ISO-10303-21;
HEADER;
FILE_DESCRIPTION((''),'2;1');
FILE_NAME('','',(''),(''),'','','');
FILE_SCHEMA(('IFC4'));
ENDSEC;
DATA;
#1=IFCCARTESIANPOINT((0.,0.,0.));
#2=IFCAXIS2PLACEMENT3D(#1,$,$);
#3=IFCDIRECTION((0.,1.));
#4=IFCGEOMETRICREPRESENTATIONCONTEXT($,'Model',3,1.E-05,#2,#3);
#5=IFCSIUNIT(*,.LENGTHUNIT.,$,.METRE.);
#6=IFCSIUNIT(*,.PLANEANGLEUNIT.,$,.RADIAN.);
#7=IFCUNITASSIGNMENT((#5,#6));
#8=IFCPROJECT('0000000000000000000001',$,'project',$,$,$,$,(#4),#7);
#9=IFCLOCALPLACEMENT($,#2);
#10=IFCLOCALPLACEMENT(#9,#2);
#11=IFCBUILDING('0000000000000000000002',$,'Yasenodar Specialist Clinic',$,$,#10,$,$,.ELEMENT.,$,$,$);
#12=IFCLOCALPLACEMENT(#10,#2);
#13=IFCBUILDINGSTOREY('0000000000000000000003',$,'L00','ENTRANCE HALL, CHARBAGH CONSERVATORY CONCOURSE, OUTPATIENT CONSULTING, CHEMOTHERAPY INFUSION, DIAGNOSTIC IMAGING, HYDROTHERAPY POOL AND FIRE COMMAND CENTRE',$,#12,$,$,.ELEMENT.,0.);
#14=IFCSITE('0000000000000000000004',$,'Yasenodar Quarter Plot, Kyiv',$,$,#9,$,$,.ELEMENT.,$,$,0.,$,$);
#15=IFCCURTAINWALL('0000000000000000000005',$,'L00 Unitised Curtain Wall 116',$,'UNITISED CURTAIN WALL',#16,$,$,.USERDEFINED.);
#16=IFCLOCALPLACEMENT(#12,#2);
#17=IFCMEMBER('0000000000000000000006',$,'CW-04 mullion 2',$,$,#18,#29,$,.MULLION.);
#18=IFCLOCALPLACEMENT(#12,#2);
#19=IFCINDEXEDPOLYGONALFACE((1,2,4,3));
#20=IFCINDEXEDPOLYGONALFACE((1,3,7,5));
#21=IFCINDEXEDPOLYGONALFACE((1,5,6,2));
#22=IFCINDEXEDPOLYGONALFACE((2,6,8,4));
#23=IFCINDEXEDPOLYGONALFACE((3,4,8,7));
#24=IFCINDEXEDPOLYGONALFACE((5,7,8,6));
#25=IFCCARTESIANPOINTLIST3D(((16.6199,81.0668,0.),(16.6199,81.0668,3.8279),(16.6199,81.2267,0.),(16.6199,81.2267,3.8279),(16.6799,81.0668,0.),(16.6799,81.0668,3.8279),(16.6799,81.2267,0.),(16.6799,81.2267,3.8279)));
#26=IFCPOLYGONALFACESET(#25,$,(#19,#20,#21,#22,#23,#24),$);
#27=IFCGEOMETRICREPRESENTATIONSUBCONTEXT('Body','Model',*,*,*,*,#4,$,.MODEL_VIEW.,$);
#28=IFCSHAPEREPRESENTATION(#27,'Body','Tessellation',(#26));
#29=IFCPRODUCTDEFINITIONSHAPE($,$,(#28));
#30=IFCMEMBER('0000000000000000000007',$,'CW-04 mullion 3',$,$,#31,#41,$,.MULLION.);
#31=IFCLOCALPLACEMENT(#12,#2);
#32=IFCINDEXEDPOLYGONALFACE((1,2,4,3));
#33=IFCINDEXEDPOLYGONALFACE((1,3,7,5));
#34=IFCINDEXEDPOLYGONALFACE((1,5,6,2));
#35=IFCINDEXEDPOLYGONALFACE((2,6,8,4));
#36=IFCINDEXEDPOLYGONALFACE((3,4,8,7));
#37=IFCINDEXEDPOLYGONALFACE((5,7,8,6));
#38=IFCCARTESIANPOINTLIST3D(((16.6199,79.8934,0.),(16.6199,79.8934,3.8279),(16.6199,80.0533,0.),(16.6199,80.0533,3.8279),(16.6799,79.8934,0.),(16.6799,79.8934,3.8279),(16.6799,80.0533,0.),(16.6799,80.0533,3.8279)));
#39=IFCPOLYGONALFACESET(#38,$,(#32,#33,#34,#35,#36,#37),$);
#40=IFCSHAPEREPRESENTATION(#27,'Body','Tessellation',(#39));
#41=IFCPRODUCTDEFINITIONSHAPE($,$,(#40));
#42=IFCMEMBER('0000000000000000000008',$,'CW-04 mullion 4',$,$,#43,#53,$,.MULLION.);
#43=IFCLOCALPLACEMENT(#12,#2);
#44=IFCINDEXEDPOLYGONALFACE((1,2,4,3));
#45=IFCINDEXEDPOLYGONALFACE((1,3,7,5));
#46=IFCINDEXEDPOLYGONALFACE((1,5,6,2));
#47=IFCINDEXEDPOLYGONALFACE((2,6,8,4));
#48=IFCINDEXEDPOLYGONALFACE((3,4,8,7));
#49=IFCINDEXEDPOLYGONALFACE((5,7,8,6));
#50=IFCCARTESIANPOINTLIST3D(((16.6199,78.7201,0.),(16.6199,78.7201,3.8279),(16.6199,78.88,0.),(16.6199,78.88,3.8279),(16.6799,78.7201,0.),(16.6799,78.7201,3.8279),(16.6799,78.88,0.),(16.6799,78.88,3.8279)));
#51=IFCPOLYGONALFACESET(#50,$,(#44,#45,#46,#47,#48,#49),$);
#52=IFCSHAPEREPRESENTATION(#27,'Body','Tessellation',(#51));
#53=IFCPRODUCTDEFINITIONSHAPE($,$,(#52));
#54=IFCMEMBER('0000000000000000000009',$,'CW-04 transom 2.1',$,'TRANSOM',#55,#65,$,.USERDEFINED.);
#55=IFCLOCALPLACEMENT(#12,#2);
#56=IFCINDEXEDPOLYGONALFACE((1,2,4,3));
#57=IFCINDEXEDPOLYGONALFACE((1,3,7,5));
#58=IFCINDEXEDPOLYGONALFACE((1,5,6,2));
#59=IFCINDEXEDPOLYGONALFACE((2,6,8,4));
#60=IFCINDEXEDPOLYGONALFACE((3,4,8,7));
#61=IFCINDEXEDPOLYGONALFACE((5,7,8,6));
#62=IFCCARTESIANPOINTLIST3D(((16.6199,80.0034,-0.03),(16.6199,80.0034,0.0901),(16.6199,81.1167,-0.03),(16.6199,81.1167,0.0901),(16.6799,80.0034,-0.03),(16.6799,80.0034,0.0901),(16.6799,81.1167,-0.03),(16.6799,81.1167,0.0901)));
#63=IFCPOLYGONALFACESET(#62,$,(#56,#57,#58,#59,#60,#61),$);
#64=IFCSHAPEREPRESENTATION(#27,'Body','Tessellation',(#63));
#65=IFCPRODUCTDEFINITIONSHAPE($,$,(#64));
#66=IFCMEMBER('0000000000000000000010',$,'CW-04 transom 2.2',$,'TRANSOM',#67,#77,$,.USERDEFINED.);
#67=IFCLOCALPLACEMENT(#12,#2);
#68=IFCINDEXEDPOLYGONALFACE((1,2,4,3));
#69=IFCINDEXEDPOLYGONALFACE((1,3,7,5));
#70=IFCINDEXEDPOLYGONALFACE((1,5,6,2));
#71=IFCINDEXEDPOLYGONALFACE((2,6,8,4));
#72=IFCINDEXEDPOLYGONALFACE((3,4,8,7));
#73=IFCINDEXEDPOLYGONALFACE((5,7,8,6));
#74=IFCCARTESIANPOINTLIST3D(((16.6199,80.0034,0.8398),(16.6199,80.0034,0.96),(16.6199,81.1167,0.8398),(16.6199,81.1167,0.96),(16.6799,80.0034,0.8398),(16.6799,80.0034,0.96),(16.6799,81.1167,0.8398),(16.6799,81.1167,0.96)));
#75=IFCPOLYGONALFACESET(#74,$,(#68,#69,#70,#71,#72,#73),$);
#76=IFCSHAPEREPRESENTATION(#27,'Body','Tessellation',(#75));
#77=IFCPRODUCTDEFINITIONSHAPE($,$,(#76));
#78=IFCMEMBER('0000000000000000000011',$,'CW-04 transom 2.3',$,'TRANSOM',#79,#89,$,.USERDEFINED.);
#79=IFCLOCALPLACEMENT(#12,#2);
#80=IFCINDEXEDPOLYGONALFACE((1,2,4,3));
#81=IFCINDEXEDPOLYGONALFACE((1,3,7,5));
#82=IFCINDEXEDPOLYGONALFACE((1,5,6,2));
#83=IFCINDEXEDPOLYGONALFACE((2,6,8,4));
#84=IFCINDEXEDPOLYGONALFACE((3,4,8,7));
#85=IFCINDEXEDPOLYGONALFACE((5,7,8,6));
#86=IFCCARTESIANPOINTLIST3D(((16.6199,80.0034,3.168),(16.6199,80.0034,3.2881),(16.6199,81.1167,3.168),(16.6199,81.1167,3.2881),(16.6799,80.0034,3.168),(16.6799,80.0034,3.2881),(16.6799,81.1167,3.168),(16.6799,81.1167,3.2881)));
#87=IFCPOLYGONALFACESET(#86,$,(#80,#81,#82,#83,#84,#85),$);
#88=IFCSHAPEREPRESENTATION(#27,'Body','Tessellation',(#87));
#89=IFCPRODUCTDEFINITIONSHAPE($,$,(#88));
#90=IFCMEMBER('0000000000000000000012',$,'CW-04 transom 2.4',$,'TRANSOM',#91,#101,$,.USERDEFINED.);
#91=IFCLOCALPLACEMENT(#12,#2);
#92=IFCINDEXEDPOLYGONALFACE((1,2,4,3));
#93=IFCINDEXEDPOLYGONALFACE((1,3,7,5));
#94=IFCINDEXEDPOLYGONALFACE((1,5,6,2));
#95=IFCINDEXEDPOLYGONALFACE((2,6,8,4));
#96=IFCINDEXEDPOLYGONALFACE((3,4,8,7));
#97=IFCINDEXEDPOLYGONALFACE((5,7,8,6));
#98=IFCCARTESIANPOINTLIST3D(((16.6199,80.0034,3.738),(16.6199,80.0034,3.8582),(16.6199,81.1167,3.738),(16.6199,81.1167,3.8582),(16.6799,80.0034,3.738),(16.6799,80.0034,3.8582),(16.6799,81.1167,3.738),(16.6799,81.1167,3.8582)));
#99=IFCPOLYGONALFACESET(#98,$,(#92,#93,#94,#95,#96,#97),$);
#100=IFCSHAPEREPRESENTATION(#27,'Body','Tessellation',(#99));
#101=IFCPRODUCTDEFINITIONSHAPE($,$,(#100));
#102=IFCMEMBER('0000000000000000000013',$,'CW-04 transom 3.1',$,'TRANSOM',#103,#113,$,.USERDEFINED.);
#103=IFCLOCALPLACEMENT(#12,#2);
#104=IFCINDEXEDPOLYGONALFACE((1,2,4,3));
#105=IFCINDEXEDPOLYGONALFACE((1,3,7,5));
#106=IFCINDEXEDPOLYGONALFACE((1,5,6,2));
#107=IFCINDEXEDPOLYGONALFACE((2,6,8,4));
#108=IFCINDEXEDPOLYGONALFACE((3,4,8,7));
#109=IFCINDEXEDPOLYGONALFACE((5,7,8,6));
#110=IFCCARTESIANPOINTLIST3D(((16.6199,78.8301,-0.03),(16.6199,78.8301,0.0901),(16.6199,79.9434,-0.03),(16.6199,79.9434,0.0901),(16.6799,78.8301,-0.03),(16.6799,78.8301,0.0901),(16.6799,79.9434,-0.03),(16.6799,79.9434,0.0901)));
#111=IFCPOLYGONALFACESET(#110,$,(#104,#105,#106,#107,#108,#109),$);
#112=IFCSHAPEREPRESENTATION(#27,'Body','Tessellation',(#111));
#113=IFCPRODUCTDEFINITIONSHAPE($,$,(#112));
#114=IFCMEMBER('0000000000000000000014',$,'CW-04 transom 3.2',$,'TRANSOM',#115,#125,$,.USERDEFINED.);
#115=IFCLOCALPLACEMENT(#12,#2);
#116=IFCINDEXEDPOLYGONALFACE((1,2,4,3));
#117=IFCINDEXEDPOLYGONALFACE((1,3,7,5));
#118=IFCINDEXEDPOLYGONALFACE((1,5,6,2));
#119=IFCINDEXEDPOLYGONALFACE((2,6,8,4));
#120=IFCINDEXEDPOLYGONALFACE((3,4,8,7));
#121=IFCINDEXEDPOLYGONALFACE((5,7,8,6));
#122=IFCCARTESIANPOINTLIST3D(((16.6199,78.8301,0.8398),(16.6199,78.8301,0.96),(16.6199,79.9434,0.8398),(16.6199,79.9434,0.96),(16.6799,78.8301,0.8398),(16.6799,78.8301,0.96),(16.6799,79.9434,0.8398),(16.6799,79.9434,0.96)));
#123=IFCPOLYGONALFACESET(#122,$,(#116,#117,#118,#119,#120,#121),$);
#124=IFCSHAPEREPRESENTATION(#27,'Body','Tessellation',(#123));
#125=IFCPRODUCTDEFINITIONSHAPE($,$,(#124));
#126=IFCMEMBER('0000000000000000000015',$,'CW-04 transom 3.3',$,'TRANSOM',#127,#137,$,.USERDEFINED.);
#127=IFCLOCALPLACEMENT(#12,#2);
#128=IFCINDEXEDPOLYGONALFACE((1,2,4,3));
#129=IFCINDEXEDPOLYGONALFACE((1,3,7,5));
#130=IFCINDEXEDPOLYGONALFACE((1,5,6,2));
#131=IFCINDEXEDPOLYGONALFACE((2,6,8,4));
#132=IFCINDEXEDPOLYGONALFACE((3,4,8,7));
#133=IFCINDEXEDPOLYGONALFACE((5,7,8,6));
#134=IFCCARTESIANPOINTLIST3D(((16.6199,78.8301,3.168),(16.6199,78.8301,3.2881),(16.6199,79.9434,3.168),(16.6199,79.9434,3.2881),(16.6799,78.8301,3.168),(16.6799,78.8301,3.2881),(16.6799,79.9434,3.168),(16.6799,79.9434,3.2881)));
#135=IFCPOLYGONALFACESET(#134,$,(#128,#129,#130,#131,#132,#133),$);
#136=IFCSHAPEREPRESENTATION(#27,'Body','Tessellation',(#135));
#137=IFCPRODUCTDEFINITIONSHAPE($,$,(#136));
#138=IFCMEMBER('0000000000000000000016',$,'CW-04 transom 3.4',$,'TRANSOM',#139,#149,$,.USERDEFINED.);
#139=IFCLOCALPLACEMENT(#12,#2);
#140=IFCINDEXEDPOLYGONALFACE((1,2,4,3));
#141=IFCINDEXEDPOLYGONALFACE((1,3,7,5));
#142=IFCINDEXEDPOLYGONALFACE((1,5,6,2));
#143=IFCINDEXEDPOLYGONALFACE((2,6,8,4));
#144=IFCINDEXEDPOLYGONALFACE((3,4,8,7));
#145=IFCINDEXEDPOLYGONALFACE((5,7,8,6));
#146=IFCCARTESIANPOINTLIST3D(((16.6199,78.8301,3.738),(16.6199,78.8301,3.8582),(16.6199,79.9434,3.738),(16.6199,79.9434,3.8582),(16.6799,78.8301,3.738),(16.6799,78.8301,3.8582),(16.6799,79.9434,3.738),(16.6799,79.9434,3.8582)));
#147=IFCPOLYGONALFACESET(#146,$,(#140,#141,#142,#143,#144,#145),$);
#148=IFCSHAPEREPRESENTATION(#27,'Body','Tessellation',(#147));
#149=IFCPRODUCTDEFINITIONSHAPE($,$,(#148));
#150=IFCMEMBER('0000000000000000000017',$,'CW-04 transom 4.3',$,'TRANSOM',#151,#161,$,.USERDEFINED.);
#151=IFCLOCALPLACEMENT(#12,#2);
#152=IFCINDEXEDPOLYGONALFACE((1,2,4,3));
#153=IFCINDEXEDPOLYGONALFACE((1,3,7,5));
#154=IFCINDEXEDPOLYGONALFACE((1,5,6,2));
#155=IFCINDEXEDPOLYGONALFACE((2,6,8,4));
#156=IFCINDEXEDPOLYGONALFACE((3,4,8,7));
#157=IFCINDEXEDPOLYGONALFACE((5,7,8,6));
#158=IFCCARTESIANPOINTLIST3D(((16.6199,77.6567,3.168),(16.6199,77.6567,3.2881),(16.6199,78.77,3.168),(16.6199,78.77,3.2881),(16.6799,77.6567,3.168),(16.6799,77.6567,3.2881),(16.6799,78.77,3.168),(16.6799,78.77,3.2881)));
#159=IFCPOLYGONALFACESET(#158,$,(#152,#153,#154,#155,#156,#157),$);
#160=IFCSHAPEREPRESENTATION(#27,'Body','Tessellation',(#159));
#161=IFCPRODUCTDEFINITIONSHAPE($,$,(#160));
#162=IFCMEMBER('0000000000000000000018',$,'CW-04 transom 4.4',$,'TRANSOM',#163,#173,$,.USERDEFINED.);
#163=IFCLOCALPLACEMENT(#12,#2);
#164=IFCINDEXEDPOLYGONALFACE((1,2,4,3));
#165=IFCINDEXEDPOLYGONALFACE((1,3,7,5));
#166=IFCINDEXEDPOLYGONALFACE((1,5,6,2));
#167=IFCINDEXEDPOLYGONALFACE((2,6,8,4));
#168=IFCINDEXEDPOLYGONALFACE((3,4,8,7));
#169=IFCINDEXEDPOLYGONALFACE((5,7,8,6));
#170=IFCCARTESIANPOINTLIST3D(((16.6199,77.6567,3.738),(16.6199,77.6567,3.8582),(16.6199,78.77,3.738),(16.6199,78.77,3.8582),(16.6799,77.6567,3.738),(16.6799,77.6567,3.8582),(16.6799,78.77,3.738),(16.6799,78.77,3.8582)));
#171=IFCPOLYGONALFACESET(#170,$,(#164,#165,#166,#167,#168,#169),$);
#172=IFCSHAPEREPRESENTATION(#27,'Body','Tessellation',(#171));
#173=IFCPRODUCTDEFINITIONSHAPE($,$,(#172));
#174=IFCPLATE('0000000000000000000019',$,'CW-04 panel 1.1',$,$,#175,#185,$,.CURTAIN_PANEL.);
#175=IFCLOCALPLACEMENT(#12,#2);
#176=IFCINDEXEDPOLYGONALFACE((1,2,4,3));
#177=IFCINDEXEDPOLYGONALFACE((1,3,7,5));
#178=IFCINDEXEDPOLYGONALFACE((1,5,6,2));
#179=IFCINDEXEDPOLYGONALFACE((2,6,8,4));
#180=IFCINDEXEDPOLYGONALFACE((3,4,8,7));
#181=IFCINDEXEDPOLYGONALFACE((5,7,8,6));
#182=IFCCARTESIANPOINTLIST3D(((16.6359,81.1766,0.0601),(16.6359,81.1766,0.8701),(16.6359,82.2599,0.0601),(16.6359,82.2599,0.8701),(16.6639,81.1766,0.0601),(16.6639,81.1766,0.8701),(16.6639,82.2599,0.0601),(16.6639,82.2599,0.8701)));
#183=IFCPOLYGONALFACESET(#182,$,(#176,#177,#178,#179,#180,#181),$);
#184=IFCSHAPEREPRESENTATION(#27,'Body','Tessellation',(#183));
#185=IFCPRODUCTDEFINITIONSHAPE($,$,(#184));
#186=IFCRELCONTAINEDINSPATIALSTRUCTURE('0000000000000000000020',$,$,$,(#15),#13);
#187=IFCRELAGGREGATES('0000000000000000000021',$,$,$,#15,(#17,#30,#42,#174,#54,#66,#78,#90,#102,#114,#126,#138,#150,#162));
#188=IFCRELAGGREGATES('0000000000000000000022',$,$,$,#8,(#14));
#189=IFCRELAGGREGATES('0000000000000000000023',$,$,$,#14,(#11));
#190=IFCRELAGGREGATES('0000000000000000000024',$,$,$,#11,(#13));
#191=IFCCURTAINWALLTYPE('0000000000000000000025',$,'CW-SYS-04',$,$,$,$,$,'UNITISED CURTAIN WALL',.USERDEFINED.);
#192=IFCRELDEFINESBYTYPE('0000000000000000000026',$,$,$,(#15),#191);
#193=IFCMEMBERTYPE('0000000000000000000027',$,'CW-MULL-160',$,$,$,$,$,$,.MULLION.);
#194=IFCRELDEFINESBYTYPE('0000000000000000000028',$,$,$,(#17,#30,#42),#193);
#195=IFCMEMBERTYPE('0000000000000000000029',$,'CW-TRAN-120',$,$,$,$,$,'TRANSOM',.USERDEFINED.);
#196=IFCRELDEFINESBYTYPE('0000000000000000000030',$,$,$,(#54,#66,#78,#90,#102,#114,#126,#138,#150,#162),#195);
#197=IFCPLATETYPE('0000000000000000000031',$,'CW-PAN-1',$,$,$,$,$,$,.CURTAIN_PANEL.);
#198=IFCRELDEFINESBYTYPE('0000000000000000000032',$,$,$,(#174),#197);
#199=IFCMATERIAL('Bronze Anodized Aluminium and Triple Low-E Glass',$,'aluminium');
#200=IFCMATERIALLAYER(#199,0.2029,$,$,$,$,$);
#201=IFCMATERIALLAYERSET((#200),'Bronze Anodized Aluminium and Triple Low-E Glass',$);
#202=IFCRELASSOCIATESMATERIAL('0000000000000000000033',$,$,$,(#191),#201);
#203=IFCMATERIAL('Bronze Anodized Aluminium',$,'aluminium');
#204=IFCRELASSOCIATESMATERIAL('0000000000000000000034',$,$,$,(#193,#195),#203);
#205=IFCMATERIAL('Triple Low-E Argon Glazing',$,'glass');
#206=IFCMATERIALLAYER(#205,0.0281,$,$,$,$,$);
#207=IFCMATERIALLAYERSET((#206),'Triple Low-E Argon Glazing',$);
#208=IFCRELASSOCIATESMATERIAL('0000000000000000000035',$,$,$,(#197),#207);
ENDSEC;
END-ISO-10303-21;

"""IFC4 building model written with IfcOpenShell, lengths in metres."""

from ifc_helpers import new_model, si_unit, direction, frame, origin, origin_2d, place, context, subcontext, project, spatial, rectangle, extrude, material, layer, layer_set, material_profile, profile_set, type_object, element, aggregate, save


model = new_model("IFC4")

# Units and contexts
model_context = context("Model", 3, precision=1e-05, world=origin(), true_north=direction((0.0, 1.0)))
body_context = subcontext(model_context, "Body", "Model", "MODEL_VIEW")
ifc_project = project(units=[si_unit("LENGTHUNIT", "METRE"), si_unit("PLANEANGLEUNIT", "RADIAN")], contexts=[model_context])

# Site, building, storey
site_placement = place(None, origin())
site = spatial("IfcSite", under=ifc_project, at=site_placement, Name="Yasenodar Quarter Plot, Kyiv", CompositionType="ELEMENT", RefElevation=0.0)
building_placement = place(site_placement, origin())
building = spatial("IfcBuilding", under=site, at=building_placement, Name="Yasenodar Specialist Clinic", CompositionType="ELEMENT")
storey_placement = place(building_placement, origin())
storey = spatial("IfcBuildingStorey", under=building, at=storey_placement, Name="L00", Description="ENTRANCE HALL, CHARBAGH CONSERVATORY CONCOURSE, OUTPATIENT CONSULTING, CHEMOTHERAPY INFUSION, DIAGNOSTIC IMAGING, HYDROTHERAPY POOL AND FIRE COMMAND CENTRE", CompositionType="ELEMENT", Elevation=0.0)

# Curtain wall, members, plate
ifc_material_1 = material(Name="Bronze Anodized Aluminium and Triple Low-E Glass", Category="aluminium")
ifc_layer_1 = layer(ifc_material_1, 0.2029)
ifc_layer_set_1 = layer_set([ifc_layer_1], Name="Bronze Anodized Aluminium and Triple Low-E Glass")
curtain_wall_type = type_object("IfcCurtainWallType", Name="CW-SYS-04", ElementType="UNITISED CURTAIN WALL", PredefinedType="USERDEFINED", material=ifc_layer_set_1)
curtain_wall_placement = place(storey_placement, origin())
curtain_wall = element("IfcCurtainWall", 1, at=curtain_wall_placement, inside=storey, type_object=curtain_wall_type, Name="L00 Unitised Curtain Wall 116", ObjectType="UNITISED CURTAIN WALL", PredefinedType="USERDEFINED")
ifc_material_2 = material(Name="Bronze Anodized Aluminium", Category="aluminium")
ifc_material_profile_1 = material_profile(ifc_material_2, rectangle(XDim=0.0601, YDim=0.1599, at=origin_2d()), Name="CW-MULL 60x160")
ifc_profile_set_1 = profile_set([ifc_material_profile_1], Name="Bronze Anodized Aluminium")
member_type_1 = type_object("IfcMemberType", Name="CW-MULL-160", PredefinedType="MULLION", material=ifc_profile_set_1)
member_1_placement = place(storey_placement, frame((16.6499, 81.1467, 0.0), z_axis=(0.0, 0.0, 1.0), x_axis=(1.0, 0.0, 0.0)))
member_1 = element("IfcMember", 2, at=member_1_placement, type_object=member_type_1, Name="CW-04 mullion 2", PredefinedType="MULLION", context=body_context, shape_type="SweptSolid", body=[
    extrude(rectangle(XDim=0.0601, YDim=0.1599, at=origin_2d()), origin(), (0.0, 0.0, 1.0), 3.8279),
])
member_2_placement = place(storey_placement, frame((16.6499, 79.9734, 0.0), z_axis=(0.0, 0.0, 1.0), x_axis=(1.0, 0.0, 0.0)))
member_2 = element("IfcMember", 3, at=member_2_placement, type_object=member_type_1, Name="CW-04 mullion 3", PredefinedType="MULLION", context=body_context, shape_type="SweptSolid", body=[
    extrude(rectangle(XDim=0.0601, YDim=0.1599, at=origin_2d()), origin(), (0.0, 0.0, 1.0), 3.8279),
])
member_3_placement = place(storey_placement, frame((16.6499, 78.8, 0.0), z_axis=(0.0, 0.0, 1.0), x_axis=(1.0, 0.0, 0.0)))
member_3 = element("IfcMember", 4, at=member_3_placement, type_object=member_type_1, Name="CW-04 mullion 4", PredefinedType="MULLION", context=body_context, shape_type="SweptSolid", body=[
    extrude(rectangle(XDim=0.0601, YDim=0.1599, at=origin_2d()), origin(), (0.0, 0.0, 1.0), 3.8279),
])
ifc_material_profile_2 = material_profile(ifc_material_2, rectangle(XDim=0.0601, YDim=0.1201, at=origin_2d()), Name="CW-TRAN 60x120")
ifc_profile_set_2 = profile_set([ifc_material_profile_2], Name="Bronze Anodized Aluminium")
member_type_2 = type_object("IfcMemberType", Name="CW-TRAN-120", ElementType="TRANSOM", PredefinedType="USERDEFINED", material=ifc_profile_set_2)
member_4_placement = place(storey_placement, frame((16.6499, 81.1167, 0.03), z_axis=(0.0, -1.0, 0.0), x_axis=(1.0, 0.0, 0.0)))
member_4 = element("IfcMember", 5, at=member_4_placement, type_object=member_type_2, Name="CW-04 transom 2.1", ObjectType="TRANSOM", PredefinedType="USERDEFINED", context=body_context, shape_type="SweptSolid", body=[
    extrude(rectangle(XDim=0.0601, YDim=0.1201, at=origin_2d()), origin(), (0.0, 0.0, 1.0), 1.1133),
])
member_5_placement = place(storey_placement, frame((16.6499, 81.1167, 0.8999), z_axis=(0.0, -1.0, 0.0), x_axis=(1.0, 0.0, 0.0)))
member_5 = element("IfcMember", 6, at=member_5_placement, type_object=member_type_2, Name="CW-04 transom 2.2", ObjectType="TRANSOM", PredefinedType="USERDEFINED", context=body_context, shape_type="SweptSolid", body=[
    extrude(rectangle(XDim=0.0601, YDim=0.1201, at=origin_2d()), origin(), (0.0, 0.0, 1.0), 1.1133),
])
member_6_placement = place(storey_placement, frame((16.6499, 81.1167, 3.228), z_axis=(0.0, -1.0, 0.0), x_axis=(1.0, 0.0, 0.0)))
member_6 = element("IfcMember", 7, at=member_6_placement, type_object=member_type_2, Name="CW-04 transom 2.3", ObjectType="TRANSOM", PredefinedType="USERDEFINED", context=body_context, shape_type="SweptSolid", body=[
    extrude(rectangle(XDim=0.0601, YDim=0.1201, at=origin_2d()), origin(), (0.0, 0.0, 1.0), 1.1133),
])
member_7_placement = place(storey_placement, frame((16.6499, 81.1167, 3.7981), z_axis=(0.0, -1.0, 0.0), x_axis=(1.0, 0.0, 0.0)))
member_7 = element("IfcMember", 8, at=member_7_placement, type_object=member_type_2, Name="CW-04 transom 2.4", ObjectType="TRANSOM", PredefinedType="USERDEFINED", context=body_context, shape_type="SweptSolid", body=[
    extrude(rectangle(XDim=0.0601, YDim=0.1201, at=origin_2d()), origin(), (0.0, 0.0, 1.0), 1.1133),
])
member_8_placement = place(storey_placement, frame((16.6499, 79.9434, 0.03), z_axis=(0.0, -1.0, 0.0), x_axis=(1.0, 0.0, 0.0)))
member_8 = element("IfcMember", 9, at=member_8_placement, type_object=member_type_2, Name="CW-04 transom 3.1", ObjectType="TRANSOM", PredefinedType="USERDEFINED", context=body_context, shape_type="SweptSolid", body=[
    extrude(rectangle(XDim=0.0601, YDim=0.1201, at=origin_2d()), origin(), (0.0, 0.0, 1.0), 1.1133),
])
member_9_placement = place(storey_placement, frame((16.6499, 79.9434, 0.8999), z_axis=(0.0, -1.0, 0.0), x_axis=(1.0, 0.0, 0.0)))
member_9 = element("IfcMember", 10, at=member_9_placement, type_object=member_type_2, Name="CW-04 transom 3.2", ObjectType="TRANSOM", PredefinedType="USERDEFINED", context=body_context, shape_type="SweptSolid", body=[
    extrude(rectangle(XDim=0.0601, YDim=0.1201, at=origin_2d()), origin(), (0.0, 0.0, 1.0), 1.1133),
])
member_10_placement = place(storey_placement, frame((16.6499, 79.9434, 3.228), z_axis=(0.0, -1.0, 0.0), x_axis=(1.0, 0.0, 0.0)))
member_10 = element("IfcMember", 11, at=member_10_placement, type_object=member_type_2, Name="CW-04 transom 3.3", ObjectType="TRANSOM", PredefinedType="USERDEFINED", context=body_context, shape_type="SweptSolid", body=[
    extrude(rectangle(XDim=0.0601, YDim=0.1201, at=origin_2d()), origin(), (0.0, 0.0, 1.0), 1.1133),
])
member_11_placement = place(storey_placement, frame((16.6499, 79.9434, 3.7981), z_axis=(0.0, -1.0, 0.0), x_axis=(1.0, 0.0, 0.0)))
member_11 = element("IfcMember", 12, at=member_11_placement, type_object=member_type_2, Name="CW-04 transom 3.4", ObjectType="TRANSOM", PredefinedType="USERDEFINED", context=body_context, shape_type="SweptSolid", body=[
    extrude(rectangle(XDim=0.0601, YDim=0.1201, at=origin_2d()), origin(), (0.0, 0.0, 1.0), 1.1133),
])
member_12_placement = place(storey_placement, frame((16.6499, 78.77, 3.228), z_axis=(0.0, -1.0, 0.0), x_axis=(1.0, 0.0, 0.0)))
member_12 = element("IfcMember", 13, at=member_12_placement, type_object=member_type_2, Name="CW-04 transom 4.3", ObjectType="TRANSOM", PredefinedType="USERDEFINED", context=body_context, shape_type="SweptSolid", body=[
    extrude(rectangle(XDim=0.0601, YDim=0.1201, at=origin_2d()), origin(), (0.0, 0.0, 1.0), 1.1133),
])
member_13_placement = place(storey_placement, frame((16.6499, 78.77, 3.7981), z_axis=(0.0, -1.0, 0.0), x_axis=(1.0, 0.0, 0.0)))
member_13 = element("IfcMember", 14, at=member_13_placement, type_object=member_type_2, Name="CW-04 transom 4.4", ObjectType="TRANSOM", PredefinedType="USERDEFINED", context=body_context, shape_type="SweptSolid", body=[
    extrude(rectangle(XDim=0.0601, YDim=0.1201, at=origin_2d()), origin(), (0.0, 0.0, 1.0), 1.1133),
])
ifc_material_3 = material(Name="Triple Low-E Argon Glazing", Category="glass")
ifc_layer_2 = layer(ifc_material_3, 0.0281)
ifc_layer_set_2 = layer_set([ifc_layer_2], Name="Triple Low-E Argon Glazing")
plate_type = type_object("IfcPlateType", Name="CW-PAN-1", PredefinedType="CURTAIN_PANEL", material=ifc_layer_set_2)
plate_1_placement = place(storey_placement, frame((16.6499, 81.7183, 0.0601), z_axis=(0.0, 0.0, 1.0), x_axis=(0.0, -1.0, 0.0)))
plate_1 = element("IfcPlate", 15, at=plate_1_placement, type_object=plate_type, Name="CW-04 panel 1.1", PredefinedType="CURTAIN_PANEL", context=body_context, shape_type="SweptSolid", body=[
    extrude(rectangle(XDim=1.0833, YDim=0.0281, at=origin_2d()), origin(), (0.0, 0.0, 1.0), 0.8101),
])
aggregate(curtain_wall, [member_1, member_2, member_3, plate_1, member_4, member_5, member_6, member_7, member_8, member_9, member_10, member_11, member_12, member_13])

save(model, "model.ifc")
